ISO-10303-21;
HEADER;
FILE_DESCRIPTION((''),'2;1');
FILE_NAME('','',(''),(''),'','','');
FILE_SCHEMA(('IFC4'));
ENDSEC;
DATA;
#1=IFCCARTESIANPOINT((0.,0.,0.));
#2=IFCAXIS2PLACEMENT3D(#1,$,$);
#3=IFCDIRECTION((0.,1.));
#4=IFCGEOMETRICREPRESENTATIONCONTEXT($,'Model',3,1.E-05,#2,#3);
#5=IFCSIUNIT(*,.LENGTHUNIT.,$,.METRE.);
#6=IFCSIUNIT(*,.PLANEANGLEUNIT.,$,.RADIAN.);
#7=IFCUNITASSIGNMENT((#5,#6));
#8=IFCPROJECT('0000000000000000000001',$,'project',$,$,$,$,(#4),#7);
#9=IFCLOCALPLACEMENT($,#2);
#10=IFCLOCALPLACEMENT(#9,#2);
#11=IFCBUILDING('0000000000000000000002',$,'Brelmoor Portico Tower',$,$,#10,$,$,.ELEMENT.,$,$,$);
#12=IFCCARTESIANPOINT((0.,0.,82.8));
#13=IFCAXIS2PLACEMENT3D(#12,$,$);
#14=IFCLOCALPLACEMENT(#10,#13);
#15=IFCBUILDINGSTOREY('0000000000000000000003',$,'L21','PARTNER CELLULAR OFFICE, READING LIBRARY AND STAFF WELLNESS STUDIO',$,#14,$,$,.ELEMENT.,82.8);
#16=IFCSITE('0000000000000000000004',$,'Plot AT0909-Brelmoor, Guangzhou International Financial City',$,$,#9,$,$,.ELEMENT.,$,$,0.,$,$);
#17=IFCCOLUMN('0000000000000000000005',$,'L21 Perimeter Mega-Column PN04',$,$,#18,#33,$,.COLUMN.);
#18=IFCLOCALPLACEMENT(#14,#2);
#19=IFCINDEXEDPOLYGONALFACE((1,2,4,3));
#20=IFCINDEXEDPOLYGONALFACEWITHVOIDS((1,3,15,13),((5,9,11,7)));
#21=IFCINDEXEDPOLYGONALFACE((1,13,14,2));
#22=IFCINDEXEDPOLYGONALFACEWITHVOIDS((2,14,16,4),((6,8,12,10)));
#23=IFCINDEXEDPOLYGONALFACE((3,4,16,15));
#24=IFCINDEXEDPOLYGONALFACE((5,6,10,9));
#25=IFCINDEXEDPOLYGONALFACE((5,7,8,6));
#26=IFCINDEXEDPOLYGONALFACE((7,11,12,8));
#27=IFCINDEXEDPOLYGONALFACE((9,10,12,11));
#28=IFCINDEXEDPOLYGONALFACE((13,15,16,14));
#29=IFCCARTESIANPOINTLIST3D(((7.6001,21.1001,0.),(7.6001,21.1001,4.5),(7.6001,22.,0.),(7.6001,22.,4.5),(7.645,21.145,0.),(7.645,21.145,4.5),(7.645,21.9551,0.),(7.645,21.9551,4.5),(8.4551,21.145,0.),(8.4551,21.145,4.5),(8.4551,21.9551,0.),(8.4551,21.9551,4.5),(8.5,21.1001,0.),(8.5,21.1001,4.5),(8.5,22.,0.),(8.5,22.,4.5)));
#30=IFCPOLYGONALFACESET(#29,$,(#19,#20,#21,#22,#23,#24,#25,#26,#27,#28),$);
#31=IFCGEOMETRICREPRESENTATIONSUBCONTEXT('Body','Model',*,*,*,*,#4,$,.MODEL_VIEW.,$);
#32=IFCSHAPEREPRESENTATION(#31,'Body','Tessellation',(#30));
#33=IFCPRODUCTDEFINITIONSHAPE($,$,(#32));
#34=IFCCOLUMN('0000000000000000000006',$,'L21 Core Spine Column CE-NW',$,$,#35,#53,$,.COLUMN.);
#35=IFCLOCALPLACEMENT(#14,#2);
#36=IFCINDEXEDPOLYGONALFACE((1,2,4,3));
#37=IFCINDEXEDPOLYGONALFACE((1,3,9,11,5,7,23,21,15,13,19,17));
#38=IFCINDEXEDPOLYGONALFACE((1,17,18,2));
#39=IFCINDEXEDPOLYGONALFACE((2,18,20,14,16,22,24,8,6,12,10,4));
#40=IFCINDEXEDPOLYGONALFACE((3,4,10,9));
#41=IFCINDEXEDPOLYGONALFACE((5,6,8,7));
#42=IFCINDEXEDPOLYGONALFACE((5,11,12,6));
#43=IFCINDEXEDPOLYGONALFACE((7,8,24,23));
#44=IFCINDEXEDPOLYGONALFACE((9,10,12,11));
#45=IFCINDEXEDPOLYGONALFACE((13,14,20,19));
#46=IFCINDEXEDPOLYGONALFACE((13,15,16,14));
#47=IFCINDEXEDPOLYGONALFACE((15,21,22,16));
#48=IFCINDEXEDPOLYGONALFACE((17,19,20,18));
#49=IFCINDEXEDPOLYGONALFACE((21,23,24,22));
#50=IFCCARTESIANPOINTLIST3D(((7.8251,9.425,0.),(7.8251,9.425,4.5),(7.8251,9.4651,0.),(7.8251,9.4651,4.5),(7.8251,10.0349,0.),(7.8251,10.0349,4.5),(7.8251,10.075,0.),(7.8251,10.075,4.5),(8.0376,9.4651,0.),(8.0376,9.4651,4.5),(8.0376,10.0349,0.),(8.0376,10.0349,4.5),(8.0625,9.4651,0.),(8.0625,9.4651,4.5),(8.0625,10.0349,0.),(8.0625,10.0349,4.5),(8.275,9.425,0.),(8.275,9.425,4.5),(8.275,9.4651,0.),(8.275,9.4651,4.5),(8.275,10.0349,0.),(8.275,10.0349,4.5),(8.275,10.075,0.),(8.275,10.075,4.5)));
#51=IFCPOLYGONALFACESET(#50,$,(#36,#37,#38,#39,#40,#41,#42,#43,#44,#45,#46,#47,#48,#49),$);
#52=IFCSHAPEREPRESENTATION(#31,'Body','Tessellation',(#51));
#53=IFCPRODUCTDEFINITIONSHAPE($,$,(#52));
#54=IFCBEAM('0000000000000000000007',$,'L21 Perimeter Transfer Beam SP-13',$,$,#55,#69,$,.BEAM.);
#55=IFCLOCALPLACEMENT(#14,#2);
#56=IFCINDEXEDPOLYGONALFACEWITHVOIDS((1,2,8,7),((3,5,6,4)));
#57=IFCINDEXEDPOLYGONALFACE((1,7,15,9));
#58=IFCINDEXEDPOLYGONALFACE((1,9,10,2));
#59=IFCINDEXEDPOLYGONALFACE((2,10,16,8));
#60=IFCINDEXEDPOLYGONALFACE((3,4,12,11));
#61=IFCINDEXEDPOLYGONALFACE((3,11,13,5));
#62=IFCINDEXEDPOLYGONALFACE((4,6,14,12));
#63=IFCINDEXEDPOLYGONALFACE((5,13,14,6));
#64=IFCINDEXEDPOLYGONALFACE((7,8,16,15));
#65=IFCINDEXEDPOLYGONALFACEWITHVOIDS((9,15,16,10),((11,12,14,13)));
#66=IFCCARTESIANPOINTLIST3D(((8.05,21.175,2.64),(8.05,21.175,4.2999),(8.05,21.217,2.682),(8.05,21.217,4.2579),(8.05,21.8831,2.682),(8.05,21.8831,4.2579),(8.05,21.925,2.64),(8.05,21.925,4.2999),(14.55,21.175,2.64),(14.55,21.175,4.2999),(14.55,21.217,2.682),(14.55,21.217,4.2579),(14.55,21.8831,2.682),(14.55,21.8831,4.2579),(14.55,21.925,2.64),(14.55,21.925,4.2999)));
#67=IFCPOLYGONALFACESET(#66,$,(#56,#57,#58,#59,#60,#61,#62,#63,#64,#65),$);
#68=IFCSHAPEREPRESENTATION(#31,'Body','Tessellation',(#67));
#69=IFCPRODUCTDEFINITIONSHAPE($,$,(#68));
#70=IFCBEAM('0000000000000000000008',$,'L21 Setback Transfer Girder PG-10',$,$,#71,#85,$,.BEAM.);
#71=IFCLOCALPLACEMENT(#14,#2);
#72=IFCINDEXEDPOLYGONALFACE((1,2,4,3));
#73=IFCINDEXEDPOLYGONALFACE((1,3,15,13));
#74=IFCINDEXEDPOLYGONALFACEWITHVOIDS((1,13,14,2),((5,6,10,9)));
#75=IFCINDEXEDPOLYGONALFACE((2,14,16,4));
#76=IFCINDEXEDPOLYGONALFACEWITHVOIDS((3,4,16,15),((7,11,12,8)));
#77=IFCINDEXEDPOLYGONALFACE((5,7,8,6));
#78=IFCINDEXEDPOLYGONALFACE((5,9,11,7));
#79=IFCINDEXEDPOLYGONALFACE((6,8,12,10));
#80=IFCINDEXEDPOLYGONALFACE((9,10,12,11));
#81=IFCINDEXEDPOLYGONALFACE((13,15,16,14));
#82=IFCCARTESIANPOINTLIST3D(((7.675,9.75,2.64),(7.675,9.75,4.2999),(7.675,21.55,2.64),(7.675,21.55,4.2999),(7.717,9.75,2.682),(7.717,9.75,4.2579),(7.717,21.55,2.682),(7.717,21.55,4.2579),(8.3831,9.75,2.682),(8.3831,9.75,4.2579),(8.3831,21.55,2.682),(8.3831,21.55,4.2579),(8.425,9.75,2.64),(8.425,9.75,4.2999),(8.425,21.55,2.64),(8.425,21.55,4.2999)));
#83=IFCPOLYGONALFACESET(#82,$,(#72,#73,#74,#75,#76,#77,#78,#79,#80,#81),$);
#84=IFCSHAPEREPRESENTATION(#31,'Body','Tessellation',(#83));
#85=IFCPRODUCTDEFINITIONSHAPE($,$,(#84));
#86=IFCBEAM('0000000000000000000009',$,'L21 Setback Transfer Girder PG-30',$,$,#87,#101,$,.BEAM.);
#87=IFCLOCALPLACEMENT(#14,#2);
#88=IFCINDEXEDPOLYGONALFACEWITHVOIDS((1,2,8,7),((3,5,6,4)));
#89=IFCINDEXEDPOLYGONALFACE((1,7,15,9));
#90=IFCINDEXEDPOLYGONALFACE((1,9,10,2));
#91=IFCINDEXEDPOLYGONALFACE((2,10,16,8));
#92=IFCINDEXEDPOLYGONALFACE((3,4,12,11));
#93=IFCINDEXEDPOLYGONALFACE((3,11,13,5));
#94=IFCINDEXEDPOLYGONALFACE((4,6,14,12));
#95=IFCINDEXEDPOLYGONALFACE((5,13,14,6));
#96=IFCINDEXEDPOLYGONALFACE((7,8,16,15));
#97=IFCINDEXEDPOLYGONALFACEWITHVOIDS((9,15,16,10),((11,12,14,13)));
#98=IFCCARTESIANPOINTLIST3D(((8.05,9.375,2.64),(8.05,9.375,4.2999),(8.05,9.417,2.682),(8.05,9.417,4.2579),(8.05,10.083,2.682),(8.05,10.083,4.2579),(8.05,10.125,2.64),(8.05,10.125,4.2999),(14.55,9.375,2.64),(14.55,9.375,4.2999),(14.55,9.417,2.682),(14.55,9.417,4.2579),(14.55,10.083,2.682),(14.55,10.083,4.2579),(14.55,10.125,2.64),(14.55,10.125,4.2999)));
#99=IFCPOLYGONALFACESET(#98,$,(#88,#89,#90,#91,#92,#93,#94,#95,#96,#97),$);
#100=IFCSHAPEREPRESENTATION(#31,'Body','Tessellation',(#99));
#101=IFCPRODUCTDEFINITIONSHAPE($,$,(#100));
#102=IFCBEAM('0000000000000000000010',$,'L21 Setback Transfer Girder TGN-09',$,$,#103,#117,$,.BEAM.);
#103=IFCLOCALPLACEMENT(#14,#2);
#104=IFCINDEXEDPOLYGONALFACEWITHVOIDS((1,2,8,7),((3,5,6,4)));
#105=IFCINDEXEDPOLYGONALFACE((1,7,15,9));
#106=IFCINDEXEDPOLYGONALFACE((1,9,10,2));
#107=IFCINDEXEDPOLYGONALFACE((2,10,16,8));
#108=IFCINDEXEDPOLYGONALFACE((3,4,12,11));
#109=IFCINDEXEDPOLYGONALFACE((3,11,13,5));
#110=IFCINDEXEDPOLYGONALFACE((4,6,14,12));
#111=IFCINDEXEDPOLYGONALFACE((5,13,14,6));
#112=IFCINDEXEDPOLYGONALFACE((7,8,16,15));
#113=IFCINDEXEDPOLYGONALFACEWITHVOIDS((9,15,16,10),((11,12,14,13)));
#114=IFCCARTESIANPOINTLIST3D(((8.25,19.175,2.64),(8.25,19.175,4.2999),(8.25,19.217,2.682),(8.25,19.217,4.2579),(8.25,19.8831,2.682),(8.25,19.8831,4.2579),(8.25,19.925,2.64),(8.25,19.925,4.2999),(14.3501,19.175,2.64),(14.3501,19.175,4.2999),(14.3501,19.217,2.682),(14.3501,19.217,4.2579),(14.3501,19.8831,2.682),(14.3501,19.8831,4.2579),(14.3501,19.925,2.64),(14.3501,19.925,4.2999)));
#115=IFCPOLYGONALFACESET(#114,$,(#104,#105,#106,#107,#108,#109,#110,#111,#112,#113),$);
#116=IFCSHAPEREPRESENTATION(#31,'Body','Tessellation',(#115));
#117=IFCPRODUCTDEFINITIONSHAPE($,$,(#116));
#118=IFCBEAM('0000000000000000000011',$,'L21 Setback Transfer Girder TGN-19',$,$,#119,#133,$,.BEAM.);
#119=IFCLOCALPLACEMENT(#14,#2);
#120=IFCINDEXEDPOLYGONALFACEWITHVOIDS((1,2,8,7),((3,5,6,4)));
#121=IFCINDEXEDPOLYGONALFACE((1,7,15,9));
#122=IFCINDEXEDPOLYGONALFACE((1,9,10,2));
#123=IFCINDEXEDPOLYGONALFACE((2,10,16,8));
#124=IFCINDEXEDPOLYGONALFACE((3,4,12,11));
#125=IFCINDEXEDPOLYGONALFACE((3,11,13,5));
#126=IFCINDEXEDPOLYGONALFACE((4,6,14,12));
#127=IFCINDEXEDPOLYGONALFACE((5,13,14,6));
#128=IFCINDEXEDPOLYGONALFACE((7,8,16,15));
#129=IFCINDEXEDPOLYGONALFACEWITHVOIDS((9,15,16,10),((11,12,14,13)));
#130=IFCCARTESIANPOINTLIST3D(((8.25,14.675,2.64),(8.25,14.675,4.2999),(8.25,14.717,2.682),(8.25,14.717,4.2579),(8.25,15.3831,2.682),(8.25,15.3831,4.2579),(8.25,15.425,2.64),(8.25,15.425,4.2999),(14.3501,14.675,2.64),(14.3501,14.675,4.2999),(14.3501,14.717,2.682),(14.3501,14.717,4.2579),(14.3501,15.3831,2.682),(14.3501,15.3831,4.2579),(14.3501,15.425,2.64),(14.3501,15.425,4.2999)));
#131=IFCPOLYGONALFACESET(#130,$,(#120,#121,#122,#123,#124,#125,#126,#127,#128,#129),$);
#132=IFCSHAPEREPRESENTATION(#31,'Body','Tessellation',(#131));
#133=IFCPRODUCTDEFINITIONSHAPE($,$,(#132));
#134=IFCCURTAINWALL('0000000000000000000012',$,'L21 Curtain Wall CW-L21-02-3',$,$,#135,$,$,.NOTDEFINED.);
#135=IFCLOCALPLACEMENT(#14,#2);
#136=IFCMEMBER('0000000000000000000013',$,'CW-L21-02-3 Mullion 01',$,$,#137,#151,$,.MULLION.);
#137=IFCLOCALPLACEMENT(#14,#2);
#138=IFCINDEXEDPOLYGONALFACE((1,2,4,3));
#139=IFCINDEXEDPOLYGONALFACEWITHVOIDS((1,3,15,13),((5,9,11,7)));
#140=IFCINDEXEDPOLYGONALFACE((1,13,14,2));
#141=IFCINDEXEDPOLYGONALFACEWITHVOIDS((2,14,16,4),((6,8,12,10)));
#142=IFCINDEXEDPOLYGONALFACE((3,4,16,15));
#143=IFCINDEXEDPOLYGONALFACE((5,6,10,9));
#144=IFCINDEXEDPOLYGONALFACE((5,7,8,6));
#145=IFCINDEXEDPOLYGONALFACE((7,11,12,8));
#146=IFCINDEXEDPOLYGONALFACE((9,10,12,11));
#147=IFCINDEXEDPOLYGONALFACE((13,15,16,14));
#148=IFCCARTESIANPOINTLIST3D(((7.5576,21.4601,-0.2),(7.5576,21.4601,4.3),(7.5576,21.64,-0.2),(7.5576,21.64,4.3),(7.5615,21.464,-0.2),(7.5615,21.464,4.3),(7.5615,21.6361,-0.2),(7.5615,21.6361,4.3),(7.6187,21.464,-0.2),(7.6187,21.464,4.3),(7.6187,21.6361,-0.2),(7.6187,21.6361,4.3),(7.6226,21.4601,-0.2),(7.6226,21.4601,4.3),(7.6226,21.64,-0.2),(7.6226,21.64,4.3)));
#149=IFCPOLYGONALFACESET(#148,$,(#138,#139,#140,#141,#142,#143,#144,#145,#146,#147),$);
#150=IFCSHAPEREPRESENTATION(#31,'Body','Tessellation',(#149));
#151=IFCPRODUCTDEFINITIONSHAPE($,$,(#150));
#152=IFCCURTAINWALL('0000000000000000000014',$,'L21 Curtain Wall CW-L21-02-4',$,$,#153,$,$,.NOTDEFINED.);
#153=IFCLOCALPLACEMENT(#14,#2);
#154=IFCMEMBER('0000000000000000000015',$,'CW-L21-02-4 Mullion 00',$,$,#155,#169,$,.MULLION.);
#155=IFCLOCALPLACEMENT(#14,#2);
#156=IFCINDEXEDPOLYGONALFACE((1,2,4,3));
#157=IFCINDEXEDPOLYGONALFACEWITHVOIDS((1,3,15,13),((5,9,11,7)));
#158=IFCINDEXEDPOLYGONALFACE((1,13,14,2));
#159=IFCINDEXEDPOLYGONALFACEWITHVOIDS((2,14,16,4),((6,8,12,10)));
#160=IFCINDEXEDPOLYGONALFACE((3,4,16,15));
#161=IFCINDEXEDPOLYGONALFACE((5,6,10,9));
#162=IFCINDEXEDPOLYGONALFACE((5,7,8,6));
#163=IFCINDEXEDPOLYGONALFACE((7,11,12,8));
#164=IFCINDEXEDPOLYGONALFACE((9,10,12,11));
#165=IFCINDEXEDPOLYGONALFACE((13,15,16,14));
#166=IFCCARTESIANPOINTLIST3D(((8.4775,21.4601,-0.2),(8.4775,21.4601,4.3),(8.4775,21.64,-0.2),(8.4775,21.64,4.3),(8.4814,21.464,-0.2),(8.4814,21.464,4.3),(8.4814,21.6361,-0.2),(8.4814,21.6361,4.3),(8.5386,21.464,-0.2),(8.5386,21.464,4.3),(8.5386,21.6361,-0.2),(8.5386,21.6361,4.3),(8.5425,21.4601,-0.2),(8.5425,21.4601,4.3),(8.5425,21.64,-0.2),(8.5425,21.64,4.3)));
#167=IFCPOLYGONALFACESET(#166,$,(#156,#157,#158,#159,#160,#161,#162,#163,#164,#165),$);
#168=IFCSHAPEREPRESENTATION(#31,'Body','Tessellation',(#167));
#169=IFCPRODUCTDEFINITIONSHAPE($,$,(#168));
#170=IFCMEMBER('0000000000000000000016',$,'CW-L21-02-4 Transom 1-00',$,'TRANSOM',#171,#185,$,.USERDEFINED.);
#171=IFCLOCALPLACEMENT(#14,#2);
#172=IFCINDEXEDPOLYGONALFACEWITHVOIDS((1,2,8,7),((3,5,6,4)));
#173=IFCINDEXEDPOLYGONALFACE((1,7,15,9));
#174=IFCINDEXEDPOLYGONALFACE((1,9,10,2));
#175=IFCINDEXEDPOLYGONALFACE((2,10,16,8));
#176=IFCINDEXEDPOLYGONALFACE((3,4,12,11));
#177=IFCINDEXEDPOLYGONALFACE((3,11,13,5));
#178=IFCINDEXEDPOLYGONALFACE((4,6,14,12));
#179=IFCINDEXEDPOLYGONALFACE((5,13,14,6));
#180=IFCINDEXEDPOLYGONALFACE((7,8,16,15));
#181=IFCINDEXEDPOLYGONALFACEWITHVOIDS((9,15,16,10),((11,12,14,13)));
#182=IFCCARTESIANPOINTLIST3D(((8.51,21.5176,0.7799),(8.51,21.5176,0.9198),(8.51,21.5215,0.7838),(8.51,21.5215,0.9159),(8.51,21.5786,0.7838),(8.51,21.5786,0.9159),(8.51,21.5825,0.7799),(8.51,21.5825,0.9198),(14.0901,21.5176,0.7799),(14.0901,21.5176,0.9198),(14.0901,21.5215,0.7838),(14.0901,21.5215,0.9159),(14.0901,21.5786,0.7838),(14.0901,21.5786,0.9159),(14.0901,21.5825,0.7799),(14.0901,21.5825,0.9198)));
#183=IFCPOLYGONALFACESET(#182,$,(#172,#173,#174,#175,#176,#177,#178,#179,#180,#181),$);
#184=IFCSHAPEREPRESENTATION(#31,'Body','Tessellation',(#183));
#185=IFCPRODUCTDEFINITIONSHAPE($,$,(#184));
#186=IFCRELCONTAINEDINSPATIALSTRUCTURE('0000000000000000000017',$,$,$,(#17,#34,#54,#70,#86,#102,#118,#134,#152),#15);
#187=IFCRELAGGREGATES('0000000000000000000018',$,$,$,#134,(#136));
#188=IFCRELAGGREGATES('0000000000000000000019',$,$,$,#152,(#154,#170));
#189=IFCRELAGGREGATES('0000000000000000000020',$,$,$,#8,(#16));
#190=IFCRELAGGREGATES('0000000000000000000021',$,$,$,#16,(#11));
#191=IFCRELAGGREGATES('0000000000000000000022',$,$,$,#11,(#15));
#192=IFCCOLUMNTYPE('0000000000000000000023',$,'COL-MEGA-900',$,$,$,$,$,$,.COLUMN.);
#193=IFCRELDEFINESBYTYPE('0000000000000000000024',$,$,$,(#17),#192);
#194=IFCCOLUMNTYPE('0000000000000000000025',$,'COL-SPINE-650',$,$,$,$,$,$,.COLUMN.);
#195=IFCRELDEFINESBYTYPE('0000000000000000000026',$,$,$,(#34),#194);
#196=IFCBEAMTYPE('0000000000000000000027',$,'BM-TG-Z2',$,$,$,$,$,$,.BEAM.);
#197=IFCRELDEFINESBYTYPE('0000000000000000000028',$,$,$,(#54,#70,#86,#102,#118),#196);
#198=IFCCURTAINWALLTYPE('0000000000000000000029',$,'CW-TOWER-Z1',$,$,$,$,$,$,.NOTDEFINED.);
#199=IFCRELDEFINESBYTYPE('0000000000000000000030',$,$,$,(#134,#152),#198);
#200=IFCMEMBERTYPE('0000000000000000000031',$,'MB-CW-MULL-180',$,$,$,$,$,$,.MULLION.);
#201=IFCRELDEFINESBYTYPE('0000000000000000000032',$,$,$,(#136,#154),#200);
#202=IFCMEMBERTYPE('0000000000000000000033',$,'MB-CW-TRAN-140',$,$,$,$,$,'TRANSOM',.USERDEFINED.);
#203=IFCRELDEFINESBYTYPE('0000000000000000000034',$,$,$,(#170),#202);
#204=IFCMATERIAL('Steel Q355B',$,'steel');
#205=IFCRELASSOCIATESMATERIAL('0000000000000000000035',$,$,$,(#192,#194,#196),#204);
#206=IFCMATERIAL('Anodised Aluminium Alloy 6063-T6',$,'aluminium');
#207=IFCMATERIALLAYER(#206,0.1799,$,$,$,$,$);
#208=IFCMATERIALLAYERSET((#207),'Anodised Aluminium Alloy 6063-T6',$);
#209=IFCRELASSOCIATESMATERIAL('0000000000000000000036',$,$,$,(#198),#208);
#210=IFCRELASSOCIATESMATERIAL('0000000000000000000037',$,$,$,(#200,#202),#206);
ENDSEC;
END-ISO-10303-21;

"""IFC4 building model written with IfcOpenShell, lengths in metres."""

from ifc_helpers import new_model, si_unit, direction, frame, origin, origin_2d, place, context, subcontext, project, spatial, hollow_rectangle, i_section, extrude, material, layer, layer_set, material_profile, profile_set, type_object, element, aggregate, save


model = new_model("IFC4")

# Units and contexts
model_context = context("Model", 3, precision=1e-05, world=origin(), true_north=direction((0.0, 1.0)))
body_context = subcontext(model_context, "Body", "Model", "MODEL_VIEW")
ifc_project = project(units=[si_unit("LENGTHUNIT", "METRE"), si_unit("PLANEANGLEUNIT", "RADIAN")], contexts=[model_context])

# Site, building, storey
site_placement = place(None, origin())
site = spatial("IfcSite", under=ifc_project, at=site_placement, Name="Plot AT0909-Brelmoor, Guangzhou International Financial City", CompositionType="ELEMENT", RefElevation=0.0)
building_placement = place(site_placement, origin())
building = spatial("IfcBuilding", under=site, at=building_placement, Name="Brelmoor Portico Tower", CompositionType="ELEMENT")
storey_placement = place(building_placement, frame((0.0, 0.0, 82.8)))
storey = spatial("IfcBuildingStorey", under=building, at=storey_placement, Name="L21", Description="PARTNER CELLULAR OFFICE, READING LIBRARY AND STAFF WELLNESS STUDIO", CompositionType="ELEMENT", Elevation=82.8)

# Columns
ifc_material_1 = material(Name="Steel Q355B", Category="steel")
ifc_material_profile_1 = material_profile(ifc_material_1, hollow_rectangle(XDim=0.8999, YDim=0.8999, WallThickness=0.0449, at=origin_2d()), Name="BOX 900x900x45")
ifc_profile_set_1 = profile_set([ifc_material_profile_1], Name="Steel Q355B")
column_type_1 = type_object("IfcColumnType", Name="COL-MEGA-900", PredefinedType="COLUMN", material=ifc_profile_set_1)
column_1_placement = place(storey_placement, frame((8.05, 21.55, 0.0), z_axis=(0.0, 0.0, 1.0), x_axis=(1.0, 0.0, 0.0)))
element("IfcColumn", 1, at=column_1_placement, inside=storey, type_object=column_type_1, Name="L21 Perimeter Mega-Column PN04", PredefinedType="COLUMN", context=body_context, shape_type="SweptSolid", body=[
    extrude(hollow_rectangle(XDim=0.8999, YDim=0.8999, WallThickness=0.0449, at=origin_2d()), origin(), (0.0, 0.0, 1.0), 4.5),
])
ifc_material_profile_2 = material_profile(ifc_material_1, i_section(OverallWidth=0.45, OverallDepth=0.6499, WebThickness=0.0249, FlangeThickness=0.04, at=origin_2d()), Name="HW 650x450x25x40")
ifc_profile_set_2 = profile_set([ifc_material_profile_2], Name="Steel Q355B")
column_type_2 = type_object("IfcColumnType", Name="COL-SPINE-650", PredefinedType="COLUMN", material=ifc_profile_set_2)
column_2_placement = place(storey_placement, frame((8.05, 9.75, 0.0), z_axis=(0.0, 0.0, 1.0), x_axis=(1.0, 0.0, 0.0)))
element("IfcColumn", 2, at=column_2_placement, inside=storey, type_object=column_type_2, Name="L21 Core Spine Column CE-NW", PredefinedType="COLUMN", context=body_context, shape_type="SweptSolid", body=[
    extrude(i_section(OverallWidth=0.45, OverallDepth=0.6499, WebThickness=0.0249, FlangeThickness=0.04, at=origin_2d()), origin(), (0.0, 0.0, 1.0), 4.5),
])

# Beams
ifc_material_profile_3 = material_profile(ifc_material_1, hollow_rectangle(XDim=0.75, YDim=1.6599, WallThickness=0.042, at=origin_2d()), Name="BOX 750x1660x42")
ifc_profile_set_3 = profile_set([ifc_material_profile_3], Name="Steel Q355B")
beam_type = type_object("IfcBeamType", Name="BM-TG-Z2", PredefinedType="BEAM", material=ifc_profile_set_3)
beam_1_placement = place(storey_placement, frame((8.05, 21.55, 3.47), z_axis=(1.0, 0.0, 0.0), x_axis=(0.0, 1.0, 0.0)))
element("IfcBeam", 3, at=beam_1_placement, inside=storey, type_object=beam_type, Name="L21 Perimeter Transfer Beam SP-13", PredefinedType="BEAM", context=body_context, shape_type="SweptSolid", body=[
    extrude(hollow_rectangle(XDim=0.75, YDim=1.6599, WallThickness=0.042, at=origin_2d()), origin(), (0.0, 0.0, 1.0), 6.5),
])
beam_2_placement = place(storey_placement, frame((8.05, 9.75, 3.47), z_axis=(0.0, 1.0, 0.0), x_axis=(-1.0, 0.0, 0.0)))
element("IfcBeam", 4, at=beam_2_placement, inside=storey, type_object=beam_type, Name="L21 Setback Transfer Girder PG-10", PredefinedType="BEAM", context=body_context, shape_type="SweptSolid", body=[
    extrude(hollow_rectangle(XDim=0.75, YDim=1.6599, WallThickness=0.042, at=origin_2d()), origin(), (0.0, 0.0, 1.0), 11.8),
])
beam_3_placement = place(storey_placement, frame((8.05, 9.75, 3.47), z_axis=(1.0, 0.0, 0.0), x_axis=(0.0, 1.0, 0.0)))
element("IfcBeam", 5, at=beam_3_placement, inside=storey, type_object=beam_type, Name="L21 Setback Transfer Girder PG-30", PredefinedType="BEAM", context=body_context, shape_type="SweptSolid", body=[
    extrude(hollow_rectangle(XDim=0.75, YDim=1.6599, WallThickness=0.042, at=origin_2d()), origin(), (0.0, 0.0, 1.0), 6.5),
])
for number, where, z_axis, x_axis, name in (
    (6, (8.25, 19.55, 3.47), (1.0, 0.0, 0.0), (0.0, 1.0, 0.0), "L21 Setback Transfer Girder TGN-09"),
    (7, (8.25, 15.05, 3.47), (1.0, 0.0, 0.0), (0.0, 1.0, 0.0), "L21 Setback Transfer Girder TGN-19"),
):
    element("IfcBeam", number, at=place(storey_placement, frame(where, z_axis=z_axis, x_axis=x_axis)), inside=storey, type_object=beam_type, Name=name, PredefinedType="BEAM", context=body_context, shape_type="SweptSolid", body=[
        extrude(hollow_rectangle(XDim=0.75, YDim=1.6599, WallThickness=0.042, at=origin_2d()), origin(), (0.0, 0.0, 1.0), 6.1001),
    ])

# Curtain wall, member
ifc_material_2 = material(Name="Anodised Aluminium Alloy 6063-T6", Category="aluminium")
ifc_layer_1 = layer(ifc_material_2, 0.1799)
ifc_layer_set_1 = layer_set([ifc_layer_1], Name="Anodised Aluminium Alloy 6063-T6")
curtain_wall_type = type_object("IfcCurtainWallType", Name="CW-TOWER-Z1", PredefinedType="NOTDEFINED", material=ifc_layer_set_1)
curtain_wall_1_placement = place(storey_placement, origin())
curtain_wall_1 = element("IfcCurtainWall", 8, at=curtain_wall_1_placement, inside=storey, type_object=curtain_wall_type, Name="L21 Curtain Wall CW-L21-02-3", PredefinedType="NOTDEFINED")
ifc_material_profile_4 = material_profile(ifc_material_2, hollow_rectangle(XDim=0.0649, YDim=0.1799, WallThickness=0.0039, at=origin_2d()), Name="ALU MULLION 65x180")
ifc_profile_set_4 = profile_set([ifc_material_profile_4], Name="Anodised Aluminium Alloy 6063-T6")
member_type_1 = type_object("IfcMemberType", Name="MB-CW-MULL-180", PredefinedType="MULLION", material=ifc_profile_set_4)
member_1_placement = place(storey_placement, frame((7.5901, 21.55, -0.2), z_axis=(0.0, 0.0, 1.0), x_axis=(1.0, 0.0, 0.0)))
member_1 = element("IfcMember", 9, at=member_1_placement, type_object=member_type_1, Name="CW-L21-02-3 Mullion 01", PredefinedType="MULLION", context=body_context, shape_type="SweptSolid", body=[
    extrude(hollow_rectangle(XDim=0.0649, YDim=0.1799, WallThickness=0.0039, at=origin_2d()), origin(), (0.0, 0.0, 1.0), 4.5),
])

# Curtain wall, members
curtain_wall_2_placement = place(storey_placement, origin())
curtain_wall_2 = element("IfcCurtainWall", 10, at=curtain_wall_2_placement, inside=storey, type_object=curtain_wall_type, Name="L21 Curtain Wall CW-L21-02-4", PredefinedType="NOTDEFINED")
member_2_placement = place(storey_placement, frame((8.51, 21.55, -0.2), z_axis=(0.0, 0.0, 1.0), x_axis=(1.0, 0.0, 0.0)))
member_2 = element("IfcMember", 11, at=member_2_placement, type_object=member_type_1, Name="CW-L21-02-4 Mullion 00", PredefinedType="MULLION", context=body_context, shape_type="SweptSolid", body=[
    extrude(hollow_rectangle(XDim=0.0649, YDim=0.1799, WallThickness=0.0039, at=origin_2d()), origin(), (0.0, 0.0, 1.0), 4.5),
])
ifc_material_profile_5 = material_profile(ifc_material_2, hollow_rectangle(XDim=0.0649, YDim=0.1399, WallThickness=0.0039, at=origin_2d()), Name="ALU TRANSOM 65x140")
ifc_profile_set_5 = profile_set([ifc_material_profile_5], Name="Anodised Aluminium Alloy 6063-T6")
member_type_2 = type_object("IfcMemberType", Name="MB-CW-TRAN-140", ElementType="TRANSOM", PredefinedType="USERDEFINED", material=ifc_profile_set_5)
member_3_placement = place(storey_placement, frame((8.51, 21.55, 0.8499), z_axis=(1.0, 0.0, 0.0), x_axis=(0.0, 1.0, 0.0)))
member_3 = element("IfcMember", 12, at=member_3_placement, type_object=member_type_2, Name="CW-L21-02-4 Transom 1-00", ObjectType="TRANSOM", PredefinedType="USERDEFINED", context=body_context, shape_type="SweptSolid", body=[
    extrude(hollow_rectangle(XDim=0.0649, YDim=0.1399, WallThickness=0.0039, at=origin_2d()), origin(), (0.0, 0.0, 1.0), 5.5801),
])

aggregate(curtain_wall_1, [member_1])
aggregate(curtain_wall_2, [member_2, member_3])

save(model, "model.ifc")
